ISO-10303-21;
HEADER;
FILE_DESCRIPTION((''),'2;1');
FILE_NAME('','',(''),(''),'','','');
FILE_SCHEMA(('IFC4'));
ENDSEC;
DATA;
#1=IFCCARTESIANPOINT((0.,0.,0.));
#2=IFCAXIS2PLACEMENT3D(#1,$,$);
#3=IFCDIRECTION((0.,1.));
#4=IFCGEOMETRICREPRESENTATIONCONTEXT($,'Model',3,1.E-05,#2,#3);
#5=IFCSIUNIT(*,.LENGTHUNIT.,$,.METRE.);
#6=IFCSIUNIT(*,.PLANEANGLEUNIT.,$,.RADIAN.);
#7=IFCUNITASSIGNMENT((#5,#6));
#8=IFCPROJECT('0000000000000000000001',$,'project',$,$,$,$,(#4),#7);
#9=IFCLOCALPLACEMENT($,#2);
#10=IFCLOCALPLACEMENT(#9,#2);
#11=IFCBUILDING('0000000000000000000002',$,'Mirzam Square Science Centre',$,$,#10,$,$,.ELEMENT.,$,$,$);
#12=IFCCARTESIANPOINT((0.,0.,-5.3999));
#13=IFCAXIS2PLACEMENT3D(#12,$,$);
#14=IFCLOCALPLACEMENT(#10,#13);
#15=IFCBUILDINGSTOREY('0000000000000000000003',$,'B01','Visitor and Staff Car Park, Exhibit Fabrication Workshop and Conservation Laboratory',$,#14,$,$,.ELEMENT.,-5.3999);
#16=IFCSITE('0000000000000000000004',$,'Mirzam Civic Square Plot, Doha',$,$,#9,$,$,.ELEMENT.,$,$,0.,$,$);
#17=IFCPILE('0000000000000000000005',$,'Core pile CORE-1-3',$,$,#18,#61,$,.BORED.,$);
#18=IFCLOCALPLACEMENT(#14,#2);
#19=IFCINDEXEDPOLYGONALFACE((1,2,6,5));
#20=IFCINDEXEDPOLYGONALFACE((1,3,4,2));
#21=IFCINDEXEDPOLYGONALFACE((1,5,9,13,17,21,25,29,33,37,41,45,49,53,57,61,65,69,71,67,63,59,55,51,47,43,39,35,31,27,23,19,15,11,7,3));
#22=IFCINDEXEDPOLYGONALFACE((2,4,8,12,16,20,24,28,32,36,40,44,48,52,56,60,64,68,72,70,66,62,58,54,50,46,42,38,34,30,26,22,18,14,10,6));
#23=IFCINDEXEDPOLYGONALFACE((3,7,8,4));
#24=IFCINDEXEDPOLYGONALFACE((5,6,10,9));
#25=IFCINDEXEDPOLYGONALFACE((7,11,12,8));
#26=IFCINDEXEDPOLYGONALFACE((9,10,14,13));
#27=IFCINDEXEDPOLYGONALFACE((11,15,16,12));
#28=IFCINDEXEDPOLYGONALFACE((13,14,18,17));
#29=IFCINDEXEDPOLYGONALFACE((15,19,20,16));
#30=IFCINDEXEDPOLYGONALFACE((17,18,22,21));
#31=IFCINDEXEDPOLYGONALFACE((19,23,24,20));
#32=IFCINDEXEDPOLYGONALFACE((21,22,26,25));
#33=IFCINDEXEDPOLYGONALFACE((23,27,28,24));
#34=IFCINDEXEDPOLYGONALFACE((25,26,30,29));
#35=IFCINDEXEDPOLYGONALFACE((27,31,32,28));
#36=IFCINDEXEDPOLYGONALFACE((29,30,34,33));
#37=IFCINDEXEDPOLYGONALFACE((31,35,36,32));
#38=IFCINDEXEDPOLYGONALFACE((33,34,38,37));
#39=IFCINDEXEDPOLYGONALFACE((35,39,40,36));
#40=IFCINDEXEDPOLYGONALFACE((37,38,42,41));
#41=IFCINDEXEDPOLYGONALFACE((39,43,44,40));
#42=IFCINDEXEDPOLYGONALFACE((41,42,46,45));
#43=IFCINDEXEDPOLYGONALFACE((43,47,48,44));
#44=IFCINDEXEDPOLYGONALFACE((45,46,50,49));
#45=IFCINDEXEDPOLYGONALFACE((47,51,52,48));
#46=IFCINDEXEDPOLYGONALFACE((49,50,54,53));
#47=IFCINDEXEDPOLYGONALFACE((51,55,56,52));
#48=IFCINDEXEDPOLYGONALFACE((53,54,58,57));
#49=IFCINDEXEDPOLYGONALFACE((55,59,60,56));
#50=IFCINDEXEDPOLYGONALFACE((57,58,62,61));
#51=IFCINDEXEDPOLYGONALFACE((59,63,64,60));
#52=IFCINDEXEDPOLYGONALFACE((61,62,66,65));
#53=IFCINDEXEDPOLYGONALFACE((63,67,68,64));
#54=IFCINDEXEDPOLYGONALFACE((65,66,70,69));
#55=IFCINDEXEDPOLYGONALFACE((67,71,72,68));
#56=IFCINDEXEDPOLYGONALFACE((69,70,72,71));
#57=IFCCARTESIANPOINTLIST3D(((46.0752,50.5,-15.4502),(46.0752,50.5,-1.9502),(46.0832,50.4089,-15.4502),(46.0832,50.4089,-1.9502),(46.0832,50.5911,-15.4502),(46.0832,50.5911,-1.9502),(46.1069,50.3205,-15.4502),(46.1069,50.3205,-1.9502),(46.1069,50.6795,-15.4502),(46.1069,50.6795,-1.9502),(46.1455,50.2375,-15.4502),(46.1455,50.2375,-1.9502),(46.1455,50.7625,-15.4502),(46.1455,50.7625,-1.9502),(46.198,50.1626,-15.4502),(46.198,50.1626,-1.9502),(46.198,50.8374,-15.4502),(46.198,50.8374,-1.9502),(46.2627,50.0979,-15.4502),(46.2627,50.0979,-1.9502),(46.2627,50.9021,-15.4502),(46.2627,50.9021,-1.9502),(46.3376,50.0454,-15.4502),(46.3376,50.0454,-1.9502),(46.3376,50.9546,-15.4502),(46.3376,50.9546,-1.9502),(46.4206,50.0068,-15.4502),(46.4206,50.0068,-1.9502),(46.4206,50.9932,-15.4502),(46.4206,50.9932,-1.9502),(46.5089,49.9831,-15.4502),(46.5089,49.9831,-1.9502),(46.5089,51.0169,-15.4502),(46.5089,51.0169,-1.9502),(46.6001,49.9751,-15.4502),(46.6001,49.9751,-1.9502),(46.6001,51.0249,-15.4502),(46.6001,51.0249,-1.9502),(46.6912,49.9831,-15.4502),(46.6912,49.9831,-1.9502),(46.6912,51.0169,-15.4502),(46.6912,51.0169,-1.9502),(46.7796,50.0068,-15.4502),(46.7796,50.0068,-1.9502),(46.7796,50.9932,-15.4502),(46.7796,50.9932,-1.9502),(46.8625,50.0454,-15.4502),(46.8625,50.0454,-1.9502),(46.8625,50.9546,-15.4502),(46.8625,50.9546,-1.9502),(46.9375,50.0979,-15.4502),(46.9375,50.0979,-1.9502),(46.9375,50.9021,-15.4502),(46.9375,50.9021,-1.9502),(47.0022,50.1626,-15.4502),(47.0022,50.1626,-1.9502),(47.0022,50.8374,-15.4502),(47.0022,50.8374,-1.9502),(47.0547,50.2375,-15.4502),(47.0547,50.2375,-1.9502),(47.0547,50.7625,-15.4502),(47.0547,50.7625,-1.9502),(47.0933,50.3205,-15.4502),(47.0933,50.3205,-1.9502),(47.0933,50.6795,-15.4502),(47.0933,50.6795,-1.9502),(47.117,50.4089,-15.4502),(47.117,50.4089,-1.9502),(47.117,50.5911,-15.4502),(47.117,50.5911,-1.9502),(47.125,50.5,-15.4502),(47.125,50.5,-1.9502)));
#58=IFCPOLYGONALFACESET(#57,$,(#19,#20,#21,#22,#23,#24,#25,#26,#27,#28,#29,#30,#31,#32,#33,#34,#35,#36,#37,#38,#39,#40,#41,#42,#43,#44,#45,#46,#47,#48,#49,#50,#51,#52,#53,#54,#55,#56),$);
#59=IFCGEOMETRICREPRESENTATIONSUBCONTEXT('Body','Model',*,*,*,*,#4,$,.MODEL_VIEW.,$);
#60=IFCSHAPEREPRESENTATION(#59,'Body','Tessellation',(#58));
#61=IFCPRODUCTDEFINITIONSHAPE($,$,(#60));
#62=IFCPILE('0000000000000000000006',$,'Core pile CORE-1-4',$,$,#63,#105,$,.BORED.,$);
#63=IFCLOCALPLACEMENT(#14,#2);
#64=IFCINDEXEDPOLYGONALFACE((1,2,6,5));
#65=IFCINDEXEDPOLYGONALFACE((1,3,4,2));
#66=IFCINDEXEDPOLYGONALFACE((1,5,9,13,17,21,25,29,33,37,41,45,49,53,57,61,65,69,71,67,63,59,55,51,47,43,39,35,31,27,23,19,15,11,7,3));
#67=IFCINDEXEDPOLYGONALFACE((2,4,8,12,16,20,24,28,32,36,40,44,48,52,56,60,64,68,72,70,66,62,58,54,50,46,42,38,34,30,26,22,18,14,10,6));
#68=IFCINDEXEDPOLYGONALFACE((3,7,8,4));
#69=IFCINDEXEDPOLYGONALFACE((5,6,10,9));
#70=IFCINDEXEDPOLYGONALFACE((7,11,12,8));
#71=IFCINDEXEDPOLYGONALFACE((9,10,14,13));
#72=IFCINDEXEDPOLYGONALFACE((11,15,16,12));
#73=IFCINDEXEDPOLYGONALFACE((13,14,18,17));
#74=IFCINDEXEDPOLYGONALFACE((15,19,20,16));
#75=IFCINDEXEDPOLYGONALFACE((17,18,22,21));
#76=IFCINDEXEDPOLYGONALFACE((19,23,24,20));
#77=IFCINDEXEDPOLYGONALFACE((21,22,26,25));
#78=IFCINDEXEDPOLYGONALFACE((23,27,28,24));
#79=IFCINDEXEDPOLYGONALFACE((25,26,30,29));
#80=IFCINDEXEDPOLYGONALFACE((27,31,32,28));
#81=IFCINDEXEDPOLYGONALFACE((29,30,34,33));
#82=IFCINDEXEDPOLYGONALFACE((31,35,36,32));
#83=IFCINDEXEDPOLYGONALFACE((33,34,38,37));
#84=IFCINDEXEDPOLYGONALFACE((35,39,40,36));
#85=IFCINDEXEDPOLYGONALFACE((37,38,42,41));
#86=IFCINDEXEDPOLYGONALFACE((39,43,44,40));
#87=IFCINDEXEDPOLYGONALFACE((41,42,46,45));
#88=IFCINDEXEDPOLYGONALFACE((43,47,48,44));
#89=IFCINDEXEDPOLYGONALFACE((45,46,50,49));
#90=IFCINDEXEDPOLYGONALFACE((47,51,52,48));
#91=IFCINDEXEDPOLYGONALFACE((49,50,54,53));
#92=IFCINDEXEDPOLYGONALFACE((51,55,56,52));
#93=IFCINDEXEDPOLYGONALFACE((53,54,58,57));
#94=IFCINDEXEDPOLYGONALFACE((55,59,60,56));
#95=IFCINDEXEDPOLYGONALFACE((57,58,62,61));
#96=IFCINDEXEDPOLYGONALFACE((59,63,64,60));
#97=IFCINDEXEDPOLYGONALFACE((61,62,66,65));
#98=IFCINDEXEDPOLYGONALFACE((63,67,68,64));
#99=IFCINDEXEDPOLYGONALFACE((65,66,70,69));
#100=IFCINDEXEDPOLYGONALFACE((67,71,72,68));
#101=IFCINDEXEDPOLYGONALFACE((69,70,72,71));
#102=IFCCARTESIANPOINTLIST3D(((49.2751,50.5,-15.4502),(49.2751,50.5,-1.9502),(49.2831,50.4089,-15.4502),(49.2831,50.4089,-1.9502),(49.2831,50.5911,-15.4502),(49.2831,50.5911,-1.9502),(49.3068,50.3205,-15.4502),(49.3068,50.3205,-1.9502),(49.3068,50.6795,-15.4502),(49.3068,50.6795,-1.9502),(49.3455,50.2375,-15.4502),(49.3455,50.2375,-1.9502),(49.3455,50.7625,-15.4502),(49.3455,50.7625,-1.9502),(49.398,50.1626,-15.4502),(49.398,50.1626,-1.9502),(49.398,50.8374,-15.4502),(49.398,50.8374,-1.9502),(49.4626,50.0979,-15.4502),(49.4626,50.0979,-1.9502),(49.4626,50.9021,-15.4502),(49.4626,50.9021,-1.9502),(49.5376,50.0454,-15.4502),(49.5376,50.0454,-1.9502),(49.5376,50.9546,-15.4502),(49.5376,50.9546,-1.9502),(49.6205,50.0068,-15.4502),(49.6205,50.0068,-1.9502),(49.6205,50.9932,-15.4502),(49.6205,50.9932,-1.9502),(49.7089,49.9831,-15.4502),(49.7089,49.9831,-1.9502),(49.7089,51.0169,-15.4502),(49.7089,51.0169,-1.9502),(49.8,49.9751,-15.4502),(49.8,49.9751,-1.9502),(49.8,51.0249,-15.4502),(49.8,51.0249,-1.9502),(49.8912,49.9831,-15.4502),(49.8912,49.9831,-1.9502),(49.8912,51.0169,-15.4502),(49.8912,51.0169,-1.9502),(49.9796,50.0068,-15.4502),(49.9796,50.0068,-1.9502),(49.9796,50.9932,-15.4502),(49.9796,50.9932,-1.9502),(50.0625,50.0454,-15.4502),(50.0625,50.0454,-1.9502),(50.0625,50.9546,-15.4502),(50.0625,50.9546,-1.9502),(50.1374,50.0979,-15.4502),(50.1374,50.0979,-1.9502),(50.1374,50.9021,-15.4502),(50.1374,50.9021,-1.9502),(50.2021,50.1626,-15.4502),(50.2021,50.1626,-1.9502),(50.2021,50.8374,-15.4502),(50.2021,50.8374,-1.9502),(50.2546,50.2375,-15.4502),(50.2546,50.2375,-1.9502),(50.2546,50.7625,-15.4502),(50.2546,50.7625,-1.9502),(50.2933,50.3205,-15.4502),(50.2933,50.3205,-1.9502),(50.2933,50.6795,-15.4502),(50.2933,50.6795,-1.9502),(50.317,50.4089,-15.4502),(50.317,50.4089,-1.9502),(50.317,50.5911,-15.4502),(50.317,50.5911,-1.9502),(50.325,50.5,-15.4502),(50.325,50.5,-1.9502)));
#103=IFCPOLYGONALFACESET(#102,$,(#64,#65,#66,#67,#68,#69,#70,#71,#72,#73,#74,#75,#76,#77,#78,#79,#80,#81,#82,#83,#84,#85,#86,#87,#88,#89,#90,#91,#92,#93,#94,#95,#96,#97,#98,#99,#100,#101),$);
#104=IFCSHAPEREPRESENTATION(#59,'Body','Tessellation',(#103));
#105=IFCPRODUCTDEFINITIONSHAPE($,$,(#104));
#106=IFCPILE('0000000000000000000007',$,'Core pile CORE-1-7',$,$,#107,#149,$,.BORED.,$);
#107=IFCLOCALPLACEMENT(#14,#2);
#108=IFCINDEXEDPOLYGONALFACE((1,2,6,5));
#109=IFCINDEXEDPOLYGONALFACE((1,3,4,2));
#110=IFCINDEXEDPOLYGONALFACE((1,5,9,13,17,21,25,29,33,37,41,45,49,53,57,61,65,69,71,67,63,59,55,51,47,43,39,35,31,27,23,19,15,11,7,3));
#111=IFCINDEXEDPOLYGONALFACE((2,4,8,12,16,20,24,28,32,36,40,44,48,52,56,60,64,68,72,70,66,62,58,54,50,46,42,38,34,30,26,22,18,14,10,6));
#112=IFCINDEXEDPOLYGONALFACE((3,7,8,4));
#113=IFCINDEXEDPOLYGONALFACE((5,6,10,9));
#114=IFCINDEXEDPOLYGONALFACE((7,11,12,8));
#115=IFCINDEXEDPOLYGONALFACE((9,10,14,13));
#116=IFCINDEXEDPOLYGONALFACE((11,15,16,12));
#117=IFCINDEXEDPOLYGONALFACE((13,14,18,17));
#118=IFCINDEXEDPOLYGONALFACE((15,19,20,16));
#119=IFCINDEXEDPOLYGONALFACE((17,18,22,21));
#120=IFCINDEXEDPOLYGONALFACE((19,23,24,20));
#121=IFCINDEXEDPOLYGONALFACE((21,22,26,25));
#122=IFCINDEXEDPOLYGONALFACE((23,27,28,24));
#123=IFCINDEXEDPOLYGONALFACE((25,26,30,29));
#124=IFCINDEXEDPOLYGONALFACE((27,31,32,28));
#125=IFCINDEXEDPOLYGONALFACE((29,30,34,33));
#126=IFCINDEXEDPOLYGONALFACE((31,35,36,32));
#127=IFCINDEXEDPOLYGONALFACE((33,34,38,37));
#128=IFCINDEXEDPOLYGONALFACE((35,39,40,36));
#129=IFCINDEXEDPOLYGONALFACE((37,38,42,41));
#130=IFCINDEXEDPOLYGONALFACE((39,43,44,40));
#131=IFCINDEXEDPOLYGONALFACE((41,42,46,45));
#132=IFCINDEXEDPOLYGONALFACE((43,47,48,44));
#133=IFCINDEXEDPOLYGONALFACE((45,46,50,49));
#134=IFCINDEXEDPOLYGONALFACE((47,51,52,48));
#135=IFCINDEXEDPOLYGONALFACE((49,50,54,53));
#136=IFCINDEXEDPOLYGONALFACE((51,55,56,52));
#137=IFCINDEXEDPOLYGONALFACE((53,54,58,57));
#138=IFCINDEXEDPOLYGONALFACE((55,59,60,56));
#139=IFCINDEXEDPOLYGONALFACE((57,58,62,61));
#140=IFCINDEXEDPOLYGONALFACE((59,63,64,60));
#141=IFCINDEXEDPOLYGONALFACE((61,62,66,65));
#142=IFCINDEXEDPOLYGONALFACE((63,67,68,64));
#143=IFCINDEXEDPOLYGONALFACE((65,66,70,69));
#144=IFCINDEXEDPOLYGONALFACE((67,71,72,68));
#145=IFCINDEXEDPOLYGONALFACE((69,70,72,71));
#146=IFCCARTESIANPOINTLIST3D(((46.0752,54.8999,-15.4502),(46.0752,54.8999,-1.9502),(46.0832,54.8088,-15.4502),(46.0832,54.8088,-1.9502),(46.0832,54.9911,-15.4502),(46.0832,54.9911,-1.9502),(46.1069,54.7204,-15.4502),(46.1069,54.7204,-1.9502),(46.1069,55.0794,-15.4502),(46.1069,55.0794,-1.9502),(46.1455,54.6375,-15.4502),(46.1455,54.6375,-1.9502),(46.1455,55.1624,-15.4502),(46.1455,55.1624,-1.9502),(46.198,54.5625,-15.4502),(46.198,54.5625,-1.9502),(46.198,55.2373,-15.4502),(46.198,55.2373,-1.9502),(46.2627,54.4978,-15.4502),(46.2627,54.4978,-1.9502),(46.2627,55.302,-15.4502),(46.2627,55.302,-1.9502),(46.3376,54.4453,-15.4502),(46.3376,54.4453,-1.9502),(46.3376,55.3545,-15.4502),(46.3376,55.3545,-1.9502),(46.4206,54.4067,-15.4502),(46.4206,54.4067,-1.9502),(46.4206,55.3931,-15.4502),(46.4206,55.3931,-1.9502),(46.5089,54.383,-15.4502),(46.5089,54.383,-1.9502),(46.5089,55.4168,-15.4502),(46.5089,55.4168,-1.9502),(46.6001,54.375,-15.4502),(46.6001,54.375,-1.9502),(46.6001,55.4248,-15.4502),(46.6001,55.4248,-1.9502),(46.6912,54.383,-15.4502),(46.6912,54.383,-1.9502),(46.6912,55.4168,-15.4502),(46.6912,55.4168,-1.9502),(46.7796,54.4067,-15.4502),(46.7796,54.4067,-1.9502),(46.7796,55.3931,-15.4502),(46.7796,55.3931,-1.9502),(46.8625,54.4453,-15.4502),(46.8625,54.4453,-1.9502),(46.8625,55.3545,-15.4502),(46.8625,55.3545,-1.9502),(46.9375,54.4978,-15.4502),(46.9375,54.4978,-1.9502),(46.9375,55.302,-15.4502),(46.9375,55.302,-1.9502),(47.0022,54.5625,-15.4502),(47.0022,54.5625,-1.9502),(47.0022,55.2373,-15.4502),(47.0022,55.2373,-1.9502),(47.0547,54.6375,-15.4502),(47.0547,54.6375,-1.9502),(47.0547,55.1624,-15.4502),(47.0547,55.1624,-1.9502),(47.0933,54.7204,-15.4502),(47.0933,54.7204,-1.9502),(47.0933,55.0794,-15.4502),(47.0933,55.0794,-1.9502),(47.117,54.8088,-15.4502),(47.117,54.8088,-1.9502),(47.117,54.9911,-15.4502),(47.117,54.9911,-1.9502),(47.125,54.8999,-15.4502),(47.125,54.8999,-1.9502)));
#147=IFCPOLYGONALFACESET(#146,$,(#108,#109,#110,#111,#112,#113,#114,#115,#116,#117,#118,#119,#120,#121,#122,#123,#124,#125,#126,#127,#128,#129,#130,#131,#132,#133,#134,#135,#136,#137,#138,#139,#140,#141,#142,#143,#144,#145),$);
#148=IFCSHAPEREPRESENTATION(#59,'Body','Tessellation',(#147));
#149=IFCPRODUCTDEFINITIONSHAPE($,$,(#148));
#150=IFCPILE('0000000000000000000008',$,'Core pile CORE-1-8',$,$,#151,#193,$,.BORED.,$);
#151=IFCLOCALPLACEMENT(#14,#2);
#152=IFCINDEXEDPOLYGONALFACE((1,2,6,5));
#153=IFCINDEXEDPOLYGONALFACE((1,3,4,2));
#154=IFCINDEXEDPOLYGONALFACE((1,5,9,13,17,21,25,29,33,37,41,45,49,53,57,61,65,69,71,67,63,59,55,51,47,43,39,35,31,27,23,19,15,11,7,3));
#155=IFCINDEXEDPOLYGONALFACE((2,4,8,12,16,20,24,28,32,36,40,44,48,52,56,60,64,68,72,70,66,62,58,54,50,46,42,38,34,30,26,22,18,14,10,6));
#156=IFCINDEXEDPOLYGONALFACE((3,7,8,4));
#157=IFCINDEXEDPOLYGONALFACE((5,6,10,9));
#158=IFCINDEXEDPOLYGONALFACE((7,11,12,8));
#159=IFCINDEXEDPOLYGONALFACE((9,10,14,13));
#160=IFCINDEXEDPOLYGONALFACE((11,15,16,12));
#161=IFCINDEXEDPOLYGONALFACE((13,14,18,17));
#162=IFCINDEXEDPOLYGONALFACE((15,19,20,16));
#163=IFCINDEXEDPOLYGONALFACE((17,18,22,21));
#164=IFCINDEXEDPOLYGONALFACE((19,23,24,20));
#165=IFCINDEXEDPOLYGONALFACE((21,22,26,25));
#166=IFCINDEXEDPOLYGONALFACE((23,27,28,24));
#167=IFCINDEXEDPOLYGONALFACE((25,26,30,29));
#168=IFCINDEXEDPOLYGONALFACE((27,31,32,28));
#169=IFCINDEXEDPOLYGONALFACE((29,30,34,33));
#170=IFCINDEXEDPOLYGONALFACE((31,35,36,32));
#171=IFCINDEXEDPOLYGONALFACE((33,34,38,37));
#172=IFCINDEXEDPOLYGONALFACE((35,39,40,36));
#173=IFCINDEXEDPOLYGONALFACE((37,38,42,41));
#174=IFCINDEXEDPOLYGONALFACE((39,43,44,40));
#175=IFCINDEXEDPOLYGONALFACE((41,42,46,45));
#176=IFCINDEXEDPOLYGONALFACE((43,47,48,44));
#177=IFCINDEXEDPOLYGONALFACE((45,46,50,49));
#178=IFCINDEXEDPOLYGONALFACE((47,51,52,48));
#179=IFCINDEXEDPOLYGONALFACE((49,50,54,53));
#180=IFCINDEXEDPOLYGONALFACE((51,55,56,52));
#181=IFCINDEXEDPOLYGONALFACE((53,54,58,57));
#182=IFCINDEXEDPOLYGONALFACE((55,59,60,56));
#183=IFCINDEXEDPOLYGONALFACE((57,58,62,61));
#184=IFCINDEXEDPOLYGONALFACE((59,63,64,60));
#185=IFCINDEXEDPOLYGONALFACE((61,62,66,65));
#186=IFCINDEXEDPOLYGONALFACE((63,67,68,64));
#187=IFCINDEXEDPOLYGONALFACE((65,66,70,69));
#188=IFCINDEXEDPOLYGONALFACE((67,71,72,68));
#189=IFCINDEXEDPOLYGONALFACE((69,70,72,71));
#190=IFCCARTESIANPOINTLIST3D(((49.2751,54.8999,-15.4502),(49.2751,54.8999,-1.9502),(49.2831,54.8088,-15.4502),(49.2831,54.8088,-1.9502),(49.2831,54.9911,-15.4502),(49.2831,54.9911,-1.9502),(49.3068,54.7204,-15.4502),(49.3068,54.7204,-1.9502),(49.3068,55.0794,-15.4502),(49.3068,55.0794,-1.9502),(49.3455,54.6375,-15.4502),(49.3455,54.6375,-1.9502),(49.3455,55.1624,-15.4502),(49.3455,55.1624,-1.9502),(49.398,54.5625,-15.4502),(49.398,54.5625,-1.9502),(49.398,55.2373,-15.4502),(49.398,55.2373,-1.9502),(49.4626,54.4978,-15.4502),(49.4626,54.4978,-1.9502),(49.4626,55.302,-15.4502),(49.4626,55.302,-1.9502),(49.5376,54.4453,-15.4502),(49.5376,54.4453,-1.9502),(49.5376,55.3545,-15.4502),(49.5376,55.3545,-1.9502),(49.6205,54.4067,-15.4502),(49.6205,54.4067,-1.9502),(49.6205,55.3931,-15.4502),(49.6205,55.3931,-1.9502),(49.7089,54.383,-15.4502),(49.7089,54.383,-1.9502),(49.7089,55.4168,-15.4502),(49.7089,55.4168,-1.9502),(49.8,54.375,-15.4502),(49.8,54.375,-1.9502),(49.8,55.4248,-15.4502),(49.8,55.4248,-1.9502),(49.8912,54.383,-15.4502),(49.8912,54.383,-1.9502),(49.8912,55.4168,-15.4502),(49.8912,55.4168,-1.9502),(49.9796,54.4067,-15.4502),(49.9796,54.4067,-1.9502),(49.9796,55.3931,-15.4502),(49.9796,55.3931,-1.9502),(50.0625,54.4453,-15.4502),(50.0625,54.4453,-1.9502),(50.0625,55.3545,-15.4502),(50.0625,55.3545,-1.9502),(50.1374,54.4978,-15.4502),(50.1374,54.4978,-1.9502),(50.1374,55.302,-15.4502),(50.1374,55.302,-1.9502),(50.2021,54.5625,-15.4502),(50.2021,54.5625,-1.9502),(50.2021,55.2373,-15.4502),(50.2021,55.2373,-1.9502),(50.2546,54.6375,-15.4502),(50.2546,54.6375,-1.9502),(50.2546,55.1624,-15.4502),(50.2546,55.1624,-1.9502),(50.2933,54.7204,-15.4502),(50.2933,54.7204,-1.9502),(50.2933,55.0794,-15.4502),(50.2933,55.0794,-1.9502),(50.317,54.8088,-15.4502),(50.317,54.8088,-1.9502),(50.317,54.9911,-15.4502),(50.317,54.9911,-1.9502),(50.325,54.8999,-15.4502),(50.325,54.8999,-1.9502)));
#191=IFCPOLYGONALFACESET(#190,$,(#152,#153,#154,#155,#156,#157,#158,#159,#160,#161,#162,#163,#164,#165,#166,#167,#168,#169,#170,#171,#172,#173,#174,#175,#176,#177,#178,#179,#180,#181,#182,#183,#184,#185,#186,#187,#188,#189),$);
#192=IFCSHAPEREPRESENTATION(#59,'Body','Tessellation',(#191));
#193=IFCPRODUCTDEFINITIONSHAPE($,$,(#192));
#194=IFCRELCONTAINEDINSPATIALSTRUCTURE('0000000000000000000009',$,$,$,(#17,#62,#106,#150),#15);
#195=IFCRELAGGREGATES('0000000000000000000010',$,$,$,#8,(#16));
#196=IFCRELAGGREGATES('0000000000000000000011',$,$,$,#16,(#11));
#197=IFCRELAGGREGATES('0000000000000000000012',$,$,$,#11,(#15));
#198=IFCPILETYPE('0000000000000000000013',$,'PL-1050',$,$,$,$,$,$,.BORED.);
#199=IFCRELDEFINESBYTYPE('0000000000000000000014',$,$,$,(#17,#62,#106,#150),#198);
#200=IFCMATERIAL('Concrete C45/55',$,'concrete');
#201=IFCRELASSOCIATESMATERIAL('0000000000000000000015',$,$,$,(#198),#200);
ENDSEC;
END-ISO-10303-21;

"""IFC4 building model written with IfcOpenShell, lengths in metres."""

from ifc_helpers import new_model, si_unit, direction, frame, origin, origin_2d, place, context, subcontext, project, spatial, circle, extrude, material, material_profile, profile_set, type_object, element, save


model = new_model("IFC4")

# Units and contexts
model_context = context("Model", 3, precision=1e-05, world=origin(), true_north=direction((0.0, 1.0)))
body_context = subcontext(model_context, "Body", "Model", "MODEL_VIEW")
ifc_project = project(units=[si_unit("LENGTHUNIT", "METRE"), si_unit("PLANEANGLEUNIT", "RADIAN")], contexts=[model_context])

# Site, building, storey
site_placement = place(None, origin())
site = spatial("IfcSite", under=ifc_project, at=site_placement, Name="Mirzam Civic Square Plot, Doha", CompositionType="ELEMENT", RefElevation=0.0)
building_placement = place(site_placement, origin())
building = spatial("IfcBuilding", under=site, at=building_placement, Name="Mirzam Square Science Centre", CompositionType="ELEMENT")
storey_placement = place(building_placement, frame((0.0, 0.0, -5.3999)))
storey = spatial("IfcBuildingStorey", under=building, at=storey_placement, Name="B01", Description="Visitor and Staff Car Park, Exhibit Fabrication Workshop and Conservation Laboratory", CompositionType="ELEMENT", Elevation=-5.3999)

# Piles
ifc_material_1 = material(Name="Concrete C45/55", Category="concrete")
ifc_material_profile_1 = material_profile(ifc_material_1, circle(Radius=0.5249, at=origin_2d()), Name="PILE-D1050")
ifc_profile_set_1 = profile_set([ifc_material_profile_1], Name="Concrete C45/55")
pile_type_1 = type_object("IfcPileType", Name="PL-1050", PredefinedType="BORED", material=ifc_profile_set_1)
for number, where, z_axis, x_axis, name in (
    (1, (46.6001, 50.5, -1.9502), (0.0, 0.0, -1.0), (1.0, 0.0, 0.0), "Core pile CORE-1-3"),
    (2, (49.8, 50.5, -1.9502), (0.0, 0.0, -1.0), (1.0, 0.0, 0.0), "Core pile CORE-1-4"),
    (3, (46.6001, 54.8999, -1.9502), (0.0, 0.0, -1.0), (1.0, 0.0, 0.0), "Core pile CORE-1-7"),
    (4, (49.8, 54.8999, -1.9502), (0.0, 0.0, -1.0), (1.0, 0.0, 0.0), "Core pile CORE-1-8"),
):
    element("IfcPile", number, at=place(storey_placement, frame(where, z_axis=z_axis, x_axis=x_axis)), inside=storey, type_object=pile_type_1, Name=name, PredefinedType="BORED", context=body_context, shape_type="SweptSolid", body=[
        extrude(circle(Radius=0.5249, at=origin_2d()), origin(), (0.0, 0.0, 1.0), 13.5),
    ])

save(model, "model.ifc")
